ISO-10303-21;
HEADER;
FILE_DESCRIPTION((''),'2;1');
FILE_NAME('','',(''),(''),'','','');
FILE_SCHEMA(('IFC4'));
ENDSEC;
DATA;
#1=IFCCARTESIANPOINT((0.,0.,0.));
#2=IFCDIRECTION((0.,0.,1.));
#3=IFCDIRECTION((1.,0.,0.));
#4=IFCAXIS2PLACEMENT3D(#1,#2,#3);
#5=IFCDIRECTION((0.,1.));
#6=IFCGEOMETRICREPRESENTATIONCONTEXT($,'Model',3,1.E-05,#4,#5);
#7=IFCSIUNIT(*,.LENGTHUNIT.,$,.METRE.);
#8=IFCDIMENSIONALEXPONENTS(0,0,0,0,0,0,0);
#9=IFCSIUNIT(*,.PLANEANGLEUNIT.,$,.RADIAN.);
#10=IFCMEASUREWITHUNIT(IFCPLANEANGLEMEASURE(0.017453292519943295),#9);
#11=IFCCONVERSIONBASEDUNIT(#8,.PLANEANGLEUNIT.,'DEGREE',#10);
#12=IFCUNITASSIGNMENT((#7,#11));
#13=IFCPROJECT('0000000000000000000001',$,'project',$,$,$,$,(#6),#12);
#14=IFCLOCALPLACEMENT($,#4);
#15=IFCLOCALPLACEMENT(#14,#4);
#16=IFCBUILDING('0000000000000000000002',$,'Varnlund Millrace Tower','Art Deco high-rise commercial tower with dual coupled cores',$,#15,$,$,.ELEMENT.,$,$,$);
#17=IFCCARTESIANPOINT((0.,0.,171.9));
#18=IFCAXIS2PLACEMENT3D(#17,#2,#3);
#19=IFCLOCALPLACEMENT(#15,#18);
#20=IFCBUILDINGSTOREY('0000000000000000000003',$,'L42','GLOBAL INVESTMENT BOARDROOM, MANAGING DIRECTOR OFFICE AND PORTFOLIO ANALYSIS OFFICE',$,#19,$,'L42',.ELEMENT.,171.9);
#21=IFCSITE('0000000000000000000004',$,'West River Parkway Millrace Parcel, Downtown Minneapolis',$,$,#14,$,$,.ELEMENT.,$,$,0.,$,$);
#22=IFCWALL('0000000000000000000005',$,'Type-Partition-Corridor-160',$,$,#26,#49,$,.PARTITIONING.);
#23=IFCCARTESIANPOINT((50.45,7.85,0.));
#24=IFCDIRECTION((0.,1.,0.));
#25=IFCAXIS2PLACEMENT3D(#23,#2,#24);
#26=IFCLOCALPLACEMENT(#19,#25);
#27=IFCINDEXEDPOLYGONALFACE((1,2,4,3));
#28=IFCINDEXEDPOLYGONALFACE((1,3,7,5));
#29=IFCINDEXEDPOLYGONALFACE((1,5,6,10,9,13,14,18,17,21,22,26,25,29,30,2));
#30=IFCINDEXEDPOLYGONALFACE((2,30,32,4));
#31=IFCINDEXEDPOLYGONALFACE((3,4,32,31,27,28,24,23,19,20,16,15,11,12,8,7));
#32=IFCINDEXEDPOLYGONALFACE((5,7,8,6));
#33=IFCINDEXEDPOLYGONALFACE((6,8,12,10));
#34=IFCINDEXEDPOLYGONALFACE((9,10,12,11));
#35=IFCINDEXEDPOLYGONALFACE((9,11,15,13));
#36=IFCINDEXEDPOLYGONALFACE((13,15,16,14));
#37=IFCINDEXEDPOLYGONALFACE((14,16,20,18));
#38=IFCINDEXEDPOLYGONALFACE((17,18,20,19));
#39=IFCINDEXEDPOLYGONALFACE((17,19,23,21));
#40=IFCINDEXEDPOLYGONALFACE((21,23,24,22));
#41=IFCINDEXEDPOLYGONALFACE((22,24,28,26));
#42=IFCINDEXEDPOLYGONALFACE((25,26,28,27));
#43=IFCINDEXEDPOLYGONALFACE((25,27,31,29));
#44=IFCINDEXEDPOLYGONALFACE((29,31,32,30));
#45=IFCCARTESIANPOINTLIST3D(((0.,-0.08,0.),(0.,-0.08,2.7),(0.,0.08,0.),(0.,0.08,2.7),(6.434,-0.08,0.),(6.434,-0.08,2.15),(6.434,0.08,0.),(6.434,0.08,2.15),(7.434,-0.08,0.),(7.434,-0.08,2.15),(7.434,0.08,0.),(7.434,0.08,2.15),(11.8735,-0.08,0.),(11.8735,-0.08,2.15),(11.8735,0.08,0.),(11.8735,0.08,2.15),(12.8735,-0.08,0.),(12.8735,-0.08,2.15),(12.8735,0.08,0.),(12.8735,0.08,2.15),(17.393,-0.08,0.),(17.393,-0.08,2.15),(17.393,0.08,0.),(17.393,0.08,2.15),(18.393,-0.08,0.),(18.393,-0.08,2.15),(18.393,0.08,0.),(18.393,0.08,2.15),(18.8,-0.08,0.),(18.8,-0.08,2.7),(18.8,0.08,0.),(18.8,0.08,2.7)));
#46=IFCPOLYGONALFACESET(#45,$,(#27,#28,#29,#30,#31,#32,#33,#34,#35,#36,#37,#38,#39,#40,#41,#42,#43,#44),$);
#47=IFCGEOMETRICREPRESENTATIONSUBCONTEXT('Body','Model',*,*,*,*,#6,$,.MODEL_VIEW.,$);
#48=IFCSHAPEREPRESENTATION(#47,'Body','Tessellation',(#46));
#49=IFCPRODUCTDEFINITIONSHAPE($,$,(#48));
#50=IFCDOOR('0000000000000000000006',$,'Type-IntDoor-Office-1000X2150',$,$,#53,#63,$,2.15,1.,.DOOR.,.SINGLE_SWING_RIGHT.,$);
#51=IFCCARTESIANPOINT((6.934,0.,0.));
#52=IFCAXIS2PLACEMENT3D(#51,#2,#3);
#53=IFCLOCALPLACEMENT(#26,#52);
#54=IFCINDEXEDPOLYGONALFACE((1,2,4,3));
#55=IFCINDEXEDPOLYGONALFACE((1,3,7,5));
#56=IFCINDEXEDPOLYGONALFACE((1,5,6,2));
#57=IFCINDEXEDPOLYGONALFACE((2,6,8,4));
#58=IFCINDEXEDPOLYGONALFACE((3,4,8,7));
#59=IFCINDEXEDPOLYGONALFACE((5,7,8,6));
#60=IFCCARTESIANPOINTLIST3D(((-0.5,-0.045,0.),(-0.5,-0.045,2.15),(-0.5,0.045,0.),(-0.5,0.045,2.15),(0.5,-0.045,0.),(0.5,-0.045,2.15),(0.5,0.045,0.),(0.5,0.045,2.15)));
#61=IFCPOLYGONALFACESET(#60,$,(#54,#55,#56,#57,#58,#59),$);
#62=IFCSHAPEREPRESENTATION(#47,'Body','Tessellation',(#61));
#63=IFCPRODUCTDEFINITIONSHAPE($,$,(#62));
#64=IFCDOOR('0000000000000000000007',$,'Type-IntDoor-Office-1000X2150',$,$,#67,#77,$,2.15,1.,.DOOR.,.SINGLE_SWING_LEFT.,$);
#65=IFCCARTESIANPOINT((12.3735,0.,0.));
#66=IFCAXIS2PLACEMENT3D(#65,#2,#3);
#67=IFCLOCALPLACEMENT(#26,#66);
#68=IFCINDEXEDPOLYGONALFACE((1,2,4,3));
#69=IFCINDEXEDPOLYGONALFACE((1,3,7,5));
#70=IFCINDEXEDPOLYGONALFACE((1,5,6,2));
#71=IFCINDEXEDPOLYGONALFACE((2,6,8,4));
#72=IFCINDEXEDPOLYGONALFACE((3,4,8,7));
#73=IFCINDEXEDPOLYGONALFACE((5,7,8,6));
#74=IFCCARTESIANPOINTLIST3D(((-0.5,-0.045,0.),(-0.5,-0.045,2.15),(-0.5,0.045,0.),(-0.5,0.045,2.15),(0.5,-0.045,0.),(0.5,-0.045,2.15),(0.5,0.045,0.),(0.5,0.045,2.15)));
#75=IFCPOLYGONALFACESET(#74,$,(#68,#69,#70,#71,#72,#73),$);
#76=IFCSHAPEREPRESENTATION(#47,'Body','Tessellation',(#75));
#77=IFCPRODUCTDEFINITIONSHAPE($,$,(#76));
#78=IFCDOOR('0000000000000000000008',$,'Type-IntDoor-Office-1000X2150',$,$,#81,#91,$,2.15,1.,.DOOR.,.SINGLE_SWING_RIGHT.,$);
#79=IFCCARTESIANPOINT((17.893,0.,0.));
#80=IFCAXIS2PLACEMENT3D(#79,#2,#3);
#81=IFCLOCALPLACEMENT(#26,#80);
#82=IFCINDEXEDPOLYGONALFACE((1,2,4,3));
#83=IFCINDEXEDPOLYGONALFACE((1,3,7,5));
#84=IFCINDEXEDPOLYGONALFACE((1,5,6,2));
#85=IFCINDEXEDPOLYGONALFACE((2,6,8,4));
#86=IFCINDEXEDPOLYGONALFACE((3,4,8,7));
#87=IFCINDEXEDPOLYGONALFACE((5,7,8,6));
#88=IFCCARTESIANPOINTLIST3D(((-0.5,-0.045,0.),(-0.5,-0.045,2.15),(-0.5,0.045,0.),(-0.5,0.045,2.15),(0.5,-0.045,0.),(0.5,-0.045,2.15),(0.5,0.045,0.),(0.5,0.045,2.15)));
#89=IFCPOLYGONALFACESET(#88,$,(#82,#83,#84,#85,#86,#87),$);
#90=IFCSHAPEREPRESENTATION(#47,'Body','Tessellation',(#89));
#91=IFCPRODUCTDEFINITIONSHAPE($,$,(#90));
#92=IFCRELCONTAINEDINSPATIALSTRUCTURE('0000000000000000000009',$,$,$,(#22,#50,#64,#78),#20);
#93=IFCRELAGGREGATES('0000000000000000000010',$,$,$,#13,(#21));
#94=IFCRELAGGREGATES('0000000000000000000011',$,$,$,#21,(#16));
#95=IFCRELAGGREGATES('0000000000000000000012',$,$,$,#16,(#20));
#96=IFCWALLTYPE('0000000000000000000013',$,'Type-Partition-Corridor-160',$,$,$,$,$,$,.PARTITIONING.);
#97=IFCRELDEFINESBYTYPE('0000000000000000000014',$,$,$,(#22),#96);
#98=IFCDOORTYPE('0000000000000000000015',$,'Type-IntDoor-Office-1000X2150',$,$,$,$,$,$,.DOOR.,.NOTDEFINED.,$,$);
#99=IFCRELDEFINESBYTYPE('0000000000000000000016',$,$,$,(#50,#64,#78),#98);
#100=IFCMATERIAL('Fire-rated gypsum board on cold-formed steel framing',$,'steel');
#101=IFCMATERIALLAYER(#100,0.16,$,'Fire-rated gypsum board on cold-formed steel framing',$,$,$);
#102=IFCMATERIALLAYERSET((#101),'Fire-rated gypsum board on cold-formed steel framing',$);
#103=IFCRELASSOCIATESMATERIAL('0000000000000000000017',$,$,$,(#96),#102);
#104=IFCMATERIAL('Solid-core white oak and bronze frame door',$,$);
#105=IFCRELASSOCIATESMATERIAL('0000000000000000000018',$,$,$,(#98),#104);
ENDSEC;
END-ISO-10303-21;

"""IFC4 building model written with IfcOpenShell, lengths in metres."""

from ifc_helpers import new_model, entity, si_unit, converted_unit, direction, frame, origin_with_axes, origin_2d_with_axis, place, context, subcontext, project, spatial, polyline, rectangle, outline, extrude, material, layer, layer_set, type_object, element, fill, save


model = new_model("IFC4")

# Units and contexts
model_context = context("Model", 3, precision=1e-05, world=origin_with_axes(), true_north=direction((0.0, 1.0)))
body_context = subcontext(model_context, "Body", "Model", "MODEL_VIEW")
ifc_project = project(units=[si_unit("LENGTHUNIT", "METRE"), converted_unit("PLANEANGLEUNIT", "DEGREE", entity("IfcPlaneAngleMeasure", 0.017453292519943295), si_unit("PLANEANGLEUNIT", "RADIAN"), dimensions=[0, 0, 0, 0, 0, 0, 0])], contexts=[model_context])

# Site, building, storey
site_placement = place(None, origin_with_axes())
site = spatial("IfcSite", under=ifc_project, at=site_placement, Name="West River Parkway Millrace Parcel, Downtown Minneapolis", CompositionType="ELEMENT", RefElevation=0.0)
building_placement = place(site_placement, origin_with_axes())
building = spatial("IfcBuilding", under=site, at=building_placement, Name="Varnlund Millrace Tower", Description="Art Deco high-rise commercial tower with dual coupled cores", CompositionType="ELEMENT")
storey_placement = place(building_placement, frame((0.0, 0.0, 171.9), z_axis=(0.0, 0.0, 1.0), x_axis=(1.0, 0.0, 0.0)))
storey = spatial("IfcBuildingStorey", under=building, at=storey_placement, Name="L42", Description="GLOBAL INVESTMENT BOARDROOM, MANAGING DIRECTOR OFFICE AND PORTFOLIO ANALYSIS OFFICE", LongName="L42", CompositionType="ELEMENT", Elevation=171.9)

# Wall, openings, doors
ifc_material_1 = material(Name="Fire-rated gypsum board on cold-formed steel framing", Category="steel")
ifc_layer_1 = layer(ifc_material_1, 0.16, Name="Fire-rated gypsum board on cold-formed steel framing")
ifc_layer_set_1 = layer_set([ifc_layer_1], Name="Fire-rated gypsum board on cold-formed steel framing")
wall_type_1 = type_object("IfcWallType", Name="Type-Partition-Corridor-160", PredefinedType="PARTITIONING", material=ifc_layer_set_1)
wall_1_placement = place(storey_placement, frame((50.45, 7.85, 0.0), z_axis=(0.0, 0.0, 1.0), x_axis=(0.0, 1.0, 0.0)))
wall_1 = element("IfcWall", 1, at=wall_1_placement, inside=storey, type_object=wall_type_1, Name="Type-Partition-Corridor-160", PredefinedType="PARTITIONING", context=body_context, shape_type="SweptSolid", body=[
    extrude(outline(polyline([(0.0, -0.08), (18.8, -0.08), (18.8, 0.08), (0.0, 0.08), (0.0, -0.08)])), origin_with_axes(), (0.0, 0.0, 1.0), 2.7),
])
opening_1_placement = place(wall_1_placement, frame((6.934, 0.0, 0.0), z_axis=(0.0, 0.0, 1.0), x_axis=(1.0, 0.0, 0.0)))
opening_1 = element("IfcOpeningElement", 2, at=opening_1_placement, cuts=wall_1, PredefinedType="OPENING", context=body_context, shape_type="SweptSolid", body=[
    extrude(rectangle(XDim=1.0, YDim=0.18, at=origin_2d_with_axis()), origin_with_axes(), (0.0, 0.0, 1.0), 2.15),
])
opening_2_placement = place(wall_1_placement, frame((12.3735, 0.0, 0.0), z_axis=(0.0, 0.0, 1.0), x_axis=(1.0, 0.0, 0.0)))
opening_2 = element("IfcOpeningElement", 3, at=opening_2_placement, cuts=wall_1, PredefinedType="OPENING", context=body_context, shape_type="SweptSolid", body=[
    extrude(rectangle(XDim=1.0, YDim=0.18, at=origin_2d_with_axis()), origin_with_axes(), (0.0, 0.0, 1.0), 2.15),
])
opening_3_placement = place(wall_1_placement, frame((17.893, 0.0, 0.0), z_axis=(0.0, 0.0, 1.0), x_axis=(1.0, 0.0, 0.0)))
opening_3 = element("IfcOpeningElement", 4, at=opening_3_placement, cuts=wall_1, PredefinedType="OPENING", context=body_context, shape_type="SweptSolid", body=[
    extrude(rectangle(XDim=1.0, YDim=0.18, at=origin_2d_with_axis()), origin_with_axes(), (0.0, 0.0, 1.0), 2.15),
])
ifc_material_2 = material(Name="Solid-core white oak and bronze frame door")
door_type_1 = type_object("IfcDoorType", Name="Type-IntDoor-Office-1000X2150", OperationType="NOTDEFINED", PredefinedType="DOOR", material=ifc_material_2)
door_1_placement = place(wall_1_placement, frame((6.934, 0.0, 0.0), z_axis=(0.0, 0.0, 1.0), x_axis=(1.0, 0.0, 0.0)))
door_1 = element("IfcDoor", 5, at=door_1_placement, inside=storey, type_object=door_type_1, Name="Type-IntDoor-Office-1000X2150", OperationType="SINGLE_SWING_RIGHT", OverallHeight=2.15, OverallWidth=1.0, PredefinedType="DOOR", context=body_context, shape_type="SweptSolid", body=[
    extrude(rectangle(XDim=1.0, YDim=0.09, at=origin_2d_with_axis()), origin_with_axes(), (0.0, 0.0, 1.0), 2.15),
])
fill(opening_1, door_1)
door_2_placement = place(wall_1_placement, frame((12.3735, 0.0, 0.0), z_axis=(0.0, 0.0, 1.0), x_axis=(1.0, 0.0, 0.0)))
door_2 = element("IfcDoor", 6, at=door_2_placement, inside=storey, type_object=door_type_1, Name="Type-IntDoor-Office-1000X2150", OperationType="SINGLE_SWING_LEFT", OverallHeight=2.15, OverallWidth=1.0, PredefinedType="DOOR", context=body_context, shape_type="SweptSolid", body=[
    extrude(rectangle(XDim=1.0, YDim=0.09, at=origin_2d_with_axis()), origin_with_axes(), (0.0, 0.0, 1.0), 2.15),
])
fill(opening_2, door_2)
door_3_placement = place(wall_1_placement, frame((17.893, 0.0, 0.0), z_axis=(0.0, 0.0, 1.0), x_axis=(1.0, 0.0, 0.0)))
door_3 = element("IfcDoor", 7, at=door_3_placement, inside=storey, type_object=door_type_1, Name="Type-IntDoor-Office-1000X2150", OperationType="SINGLE_SWING_RIGHT", OverallHeight=2.15, OverallWidth=1.0, PredefinedType="DOOR", context=body_context, shape_type="SweptSolid", body=[
    extrude(rectangle(XDim=1.0, YDim=0.09, at=origin_2d_with_axis()), origin_with_axes(), (0.0, 0.0, 1.0), 2.15),
])
fill(opening_3, door_3)

save(model, "model.ifc")
